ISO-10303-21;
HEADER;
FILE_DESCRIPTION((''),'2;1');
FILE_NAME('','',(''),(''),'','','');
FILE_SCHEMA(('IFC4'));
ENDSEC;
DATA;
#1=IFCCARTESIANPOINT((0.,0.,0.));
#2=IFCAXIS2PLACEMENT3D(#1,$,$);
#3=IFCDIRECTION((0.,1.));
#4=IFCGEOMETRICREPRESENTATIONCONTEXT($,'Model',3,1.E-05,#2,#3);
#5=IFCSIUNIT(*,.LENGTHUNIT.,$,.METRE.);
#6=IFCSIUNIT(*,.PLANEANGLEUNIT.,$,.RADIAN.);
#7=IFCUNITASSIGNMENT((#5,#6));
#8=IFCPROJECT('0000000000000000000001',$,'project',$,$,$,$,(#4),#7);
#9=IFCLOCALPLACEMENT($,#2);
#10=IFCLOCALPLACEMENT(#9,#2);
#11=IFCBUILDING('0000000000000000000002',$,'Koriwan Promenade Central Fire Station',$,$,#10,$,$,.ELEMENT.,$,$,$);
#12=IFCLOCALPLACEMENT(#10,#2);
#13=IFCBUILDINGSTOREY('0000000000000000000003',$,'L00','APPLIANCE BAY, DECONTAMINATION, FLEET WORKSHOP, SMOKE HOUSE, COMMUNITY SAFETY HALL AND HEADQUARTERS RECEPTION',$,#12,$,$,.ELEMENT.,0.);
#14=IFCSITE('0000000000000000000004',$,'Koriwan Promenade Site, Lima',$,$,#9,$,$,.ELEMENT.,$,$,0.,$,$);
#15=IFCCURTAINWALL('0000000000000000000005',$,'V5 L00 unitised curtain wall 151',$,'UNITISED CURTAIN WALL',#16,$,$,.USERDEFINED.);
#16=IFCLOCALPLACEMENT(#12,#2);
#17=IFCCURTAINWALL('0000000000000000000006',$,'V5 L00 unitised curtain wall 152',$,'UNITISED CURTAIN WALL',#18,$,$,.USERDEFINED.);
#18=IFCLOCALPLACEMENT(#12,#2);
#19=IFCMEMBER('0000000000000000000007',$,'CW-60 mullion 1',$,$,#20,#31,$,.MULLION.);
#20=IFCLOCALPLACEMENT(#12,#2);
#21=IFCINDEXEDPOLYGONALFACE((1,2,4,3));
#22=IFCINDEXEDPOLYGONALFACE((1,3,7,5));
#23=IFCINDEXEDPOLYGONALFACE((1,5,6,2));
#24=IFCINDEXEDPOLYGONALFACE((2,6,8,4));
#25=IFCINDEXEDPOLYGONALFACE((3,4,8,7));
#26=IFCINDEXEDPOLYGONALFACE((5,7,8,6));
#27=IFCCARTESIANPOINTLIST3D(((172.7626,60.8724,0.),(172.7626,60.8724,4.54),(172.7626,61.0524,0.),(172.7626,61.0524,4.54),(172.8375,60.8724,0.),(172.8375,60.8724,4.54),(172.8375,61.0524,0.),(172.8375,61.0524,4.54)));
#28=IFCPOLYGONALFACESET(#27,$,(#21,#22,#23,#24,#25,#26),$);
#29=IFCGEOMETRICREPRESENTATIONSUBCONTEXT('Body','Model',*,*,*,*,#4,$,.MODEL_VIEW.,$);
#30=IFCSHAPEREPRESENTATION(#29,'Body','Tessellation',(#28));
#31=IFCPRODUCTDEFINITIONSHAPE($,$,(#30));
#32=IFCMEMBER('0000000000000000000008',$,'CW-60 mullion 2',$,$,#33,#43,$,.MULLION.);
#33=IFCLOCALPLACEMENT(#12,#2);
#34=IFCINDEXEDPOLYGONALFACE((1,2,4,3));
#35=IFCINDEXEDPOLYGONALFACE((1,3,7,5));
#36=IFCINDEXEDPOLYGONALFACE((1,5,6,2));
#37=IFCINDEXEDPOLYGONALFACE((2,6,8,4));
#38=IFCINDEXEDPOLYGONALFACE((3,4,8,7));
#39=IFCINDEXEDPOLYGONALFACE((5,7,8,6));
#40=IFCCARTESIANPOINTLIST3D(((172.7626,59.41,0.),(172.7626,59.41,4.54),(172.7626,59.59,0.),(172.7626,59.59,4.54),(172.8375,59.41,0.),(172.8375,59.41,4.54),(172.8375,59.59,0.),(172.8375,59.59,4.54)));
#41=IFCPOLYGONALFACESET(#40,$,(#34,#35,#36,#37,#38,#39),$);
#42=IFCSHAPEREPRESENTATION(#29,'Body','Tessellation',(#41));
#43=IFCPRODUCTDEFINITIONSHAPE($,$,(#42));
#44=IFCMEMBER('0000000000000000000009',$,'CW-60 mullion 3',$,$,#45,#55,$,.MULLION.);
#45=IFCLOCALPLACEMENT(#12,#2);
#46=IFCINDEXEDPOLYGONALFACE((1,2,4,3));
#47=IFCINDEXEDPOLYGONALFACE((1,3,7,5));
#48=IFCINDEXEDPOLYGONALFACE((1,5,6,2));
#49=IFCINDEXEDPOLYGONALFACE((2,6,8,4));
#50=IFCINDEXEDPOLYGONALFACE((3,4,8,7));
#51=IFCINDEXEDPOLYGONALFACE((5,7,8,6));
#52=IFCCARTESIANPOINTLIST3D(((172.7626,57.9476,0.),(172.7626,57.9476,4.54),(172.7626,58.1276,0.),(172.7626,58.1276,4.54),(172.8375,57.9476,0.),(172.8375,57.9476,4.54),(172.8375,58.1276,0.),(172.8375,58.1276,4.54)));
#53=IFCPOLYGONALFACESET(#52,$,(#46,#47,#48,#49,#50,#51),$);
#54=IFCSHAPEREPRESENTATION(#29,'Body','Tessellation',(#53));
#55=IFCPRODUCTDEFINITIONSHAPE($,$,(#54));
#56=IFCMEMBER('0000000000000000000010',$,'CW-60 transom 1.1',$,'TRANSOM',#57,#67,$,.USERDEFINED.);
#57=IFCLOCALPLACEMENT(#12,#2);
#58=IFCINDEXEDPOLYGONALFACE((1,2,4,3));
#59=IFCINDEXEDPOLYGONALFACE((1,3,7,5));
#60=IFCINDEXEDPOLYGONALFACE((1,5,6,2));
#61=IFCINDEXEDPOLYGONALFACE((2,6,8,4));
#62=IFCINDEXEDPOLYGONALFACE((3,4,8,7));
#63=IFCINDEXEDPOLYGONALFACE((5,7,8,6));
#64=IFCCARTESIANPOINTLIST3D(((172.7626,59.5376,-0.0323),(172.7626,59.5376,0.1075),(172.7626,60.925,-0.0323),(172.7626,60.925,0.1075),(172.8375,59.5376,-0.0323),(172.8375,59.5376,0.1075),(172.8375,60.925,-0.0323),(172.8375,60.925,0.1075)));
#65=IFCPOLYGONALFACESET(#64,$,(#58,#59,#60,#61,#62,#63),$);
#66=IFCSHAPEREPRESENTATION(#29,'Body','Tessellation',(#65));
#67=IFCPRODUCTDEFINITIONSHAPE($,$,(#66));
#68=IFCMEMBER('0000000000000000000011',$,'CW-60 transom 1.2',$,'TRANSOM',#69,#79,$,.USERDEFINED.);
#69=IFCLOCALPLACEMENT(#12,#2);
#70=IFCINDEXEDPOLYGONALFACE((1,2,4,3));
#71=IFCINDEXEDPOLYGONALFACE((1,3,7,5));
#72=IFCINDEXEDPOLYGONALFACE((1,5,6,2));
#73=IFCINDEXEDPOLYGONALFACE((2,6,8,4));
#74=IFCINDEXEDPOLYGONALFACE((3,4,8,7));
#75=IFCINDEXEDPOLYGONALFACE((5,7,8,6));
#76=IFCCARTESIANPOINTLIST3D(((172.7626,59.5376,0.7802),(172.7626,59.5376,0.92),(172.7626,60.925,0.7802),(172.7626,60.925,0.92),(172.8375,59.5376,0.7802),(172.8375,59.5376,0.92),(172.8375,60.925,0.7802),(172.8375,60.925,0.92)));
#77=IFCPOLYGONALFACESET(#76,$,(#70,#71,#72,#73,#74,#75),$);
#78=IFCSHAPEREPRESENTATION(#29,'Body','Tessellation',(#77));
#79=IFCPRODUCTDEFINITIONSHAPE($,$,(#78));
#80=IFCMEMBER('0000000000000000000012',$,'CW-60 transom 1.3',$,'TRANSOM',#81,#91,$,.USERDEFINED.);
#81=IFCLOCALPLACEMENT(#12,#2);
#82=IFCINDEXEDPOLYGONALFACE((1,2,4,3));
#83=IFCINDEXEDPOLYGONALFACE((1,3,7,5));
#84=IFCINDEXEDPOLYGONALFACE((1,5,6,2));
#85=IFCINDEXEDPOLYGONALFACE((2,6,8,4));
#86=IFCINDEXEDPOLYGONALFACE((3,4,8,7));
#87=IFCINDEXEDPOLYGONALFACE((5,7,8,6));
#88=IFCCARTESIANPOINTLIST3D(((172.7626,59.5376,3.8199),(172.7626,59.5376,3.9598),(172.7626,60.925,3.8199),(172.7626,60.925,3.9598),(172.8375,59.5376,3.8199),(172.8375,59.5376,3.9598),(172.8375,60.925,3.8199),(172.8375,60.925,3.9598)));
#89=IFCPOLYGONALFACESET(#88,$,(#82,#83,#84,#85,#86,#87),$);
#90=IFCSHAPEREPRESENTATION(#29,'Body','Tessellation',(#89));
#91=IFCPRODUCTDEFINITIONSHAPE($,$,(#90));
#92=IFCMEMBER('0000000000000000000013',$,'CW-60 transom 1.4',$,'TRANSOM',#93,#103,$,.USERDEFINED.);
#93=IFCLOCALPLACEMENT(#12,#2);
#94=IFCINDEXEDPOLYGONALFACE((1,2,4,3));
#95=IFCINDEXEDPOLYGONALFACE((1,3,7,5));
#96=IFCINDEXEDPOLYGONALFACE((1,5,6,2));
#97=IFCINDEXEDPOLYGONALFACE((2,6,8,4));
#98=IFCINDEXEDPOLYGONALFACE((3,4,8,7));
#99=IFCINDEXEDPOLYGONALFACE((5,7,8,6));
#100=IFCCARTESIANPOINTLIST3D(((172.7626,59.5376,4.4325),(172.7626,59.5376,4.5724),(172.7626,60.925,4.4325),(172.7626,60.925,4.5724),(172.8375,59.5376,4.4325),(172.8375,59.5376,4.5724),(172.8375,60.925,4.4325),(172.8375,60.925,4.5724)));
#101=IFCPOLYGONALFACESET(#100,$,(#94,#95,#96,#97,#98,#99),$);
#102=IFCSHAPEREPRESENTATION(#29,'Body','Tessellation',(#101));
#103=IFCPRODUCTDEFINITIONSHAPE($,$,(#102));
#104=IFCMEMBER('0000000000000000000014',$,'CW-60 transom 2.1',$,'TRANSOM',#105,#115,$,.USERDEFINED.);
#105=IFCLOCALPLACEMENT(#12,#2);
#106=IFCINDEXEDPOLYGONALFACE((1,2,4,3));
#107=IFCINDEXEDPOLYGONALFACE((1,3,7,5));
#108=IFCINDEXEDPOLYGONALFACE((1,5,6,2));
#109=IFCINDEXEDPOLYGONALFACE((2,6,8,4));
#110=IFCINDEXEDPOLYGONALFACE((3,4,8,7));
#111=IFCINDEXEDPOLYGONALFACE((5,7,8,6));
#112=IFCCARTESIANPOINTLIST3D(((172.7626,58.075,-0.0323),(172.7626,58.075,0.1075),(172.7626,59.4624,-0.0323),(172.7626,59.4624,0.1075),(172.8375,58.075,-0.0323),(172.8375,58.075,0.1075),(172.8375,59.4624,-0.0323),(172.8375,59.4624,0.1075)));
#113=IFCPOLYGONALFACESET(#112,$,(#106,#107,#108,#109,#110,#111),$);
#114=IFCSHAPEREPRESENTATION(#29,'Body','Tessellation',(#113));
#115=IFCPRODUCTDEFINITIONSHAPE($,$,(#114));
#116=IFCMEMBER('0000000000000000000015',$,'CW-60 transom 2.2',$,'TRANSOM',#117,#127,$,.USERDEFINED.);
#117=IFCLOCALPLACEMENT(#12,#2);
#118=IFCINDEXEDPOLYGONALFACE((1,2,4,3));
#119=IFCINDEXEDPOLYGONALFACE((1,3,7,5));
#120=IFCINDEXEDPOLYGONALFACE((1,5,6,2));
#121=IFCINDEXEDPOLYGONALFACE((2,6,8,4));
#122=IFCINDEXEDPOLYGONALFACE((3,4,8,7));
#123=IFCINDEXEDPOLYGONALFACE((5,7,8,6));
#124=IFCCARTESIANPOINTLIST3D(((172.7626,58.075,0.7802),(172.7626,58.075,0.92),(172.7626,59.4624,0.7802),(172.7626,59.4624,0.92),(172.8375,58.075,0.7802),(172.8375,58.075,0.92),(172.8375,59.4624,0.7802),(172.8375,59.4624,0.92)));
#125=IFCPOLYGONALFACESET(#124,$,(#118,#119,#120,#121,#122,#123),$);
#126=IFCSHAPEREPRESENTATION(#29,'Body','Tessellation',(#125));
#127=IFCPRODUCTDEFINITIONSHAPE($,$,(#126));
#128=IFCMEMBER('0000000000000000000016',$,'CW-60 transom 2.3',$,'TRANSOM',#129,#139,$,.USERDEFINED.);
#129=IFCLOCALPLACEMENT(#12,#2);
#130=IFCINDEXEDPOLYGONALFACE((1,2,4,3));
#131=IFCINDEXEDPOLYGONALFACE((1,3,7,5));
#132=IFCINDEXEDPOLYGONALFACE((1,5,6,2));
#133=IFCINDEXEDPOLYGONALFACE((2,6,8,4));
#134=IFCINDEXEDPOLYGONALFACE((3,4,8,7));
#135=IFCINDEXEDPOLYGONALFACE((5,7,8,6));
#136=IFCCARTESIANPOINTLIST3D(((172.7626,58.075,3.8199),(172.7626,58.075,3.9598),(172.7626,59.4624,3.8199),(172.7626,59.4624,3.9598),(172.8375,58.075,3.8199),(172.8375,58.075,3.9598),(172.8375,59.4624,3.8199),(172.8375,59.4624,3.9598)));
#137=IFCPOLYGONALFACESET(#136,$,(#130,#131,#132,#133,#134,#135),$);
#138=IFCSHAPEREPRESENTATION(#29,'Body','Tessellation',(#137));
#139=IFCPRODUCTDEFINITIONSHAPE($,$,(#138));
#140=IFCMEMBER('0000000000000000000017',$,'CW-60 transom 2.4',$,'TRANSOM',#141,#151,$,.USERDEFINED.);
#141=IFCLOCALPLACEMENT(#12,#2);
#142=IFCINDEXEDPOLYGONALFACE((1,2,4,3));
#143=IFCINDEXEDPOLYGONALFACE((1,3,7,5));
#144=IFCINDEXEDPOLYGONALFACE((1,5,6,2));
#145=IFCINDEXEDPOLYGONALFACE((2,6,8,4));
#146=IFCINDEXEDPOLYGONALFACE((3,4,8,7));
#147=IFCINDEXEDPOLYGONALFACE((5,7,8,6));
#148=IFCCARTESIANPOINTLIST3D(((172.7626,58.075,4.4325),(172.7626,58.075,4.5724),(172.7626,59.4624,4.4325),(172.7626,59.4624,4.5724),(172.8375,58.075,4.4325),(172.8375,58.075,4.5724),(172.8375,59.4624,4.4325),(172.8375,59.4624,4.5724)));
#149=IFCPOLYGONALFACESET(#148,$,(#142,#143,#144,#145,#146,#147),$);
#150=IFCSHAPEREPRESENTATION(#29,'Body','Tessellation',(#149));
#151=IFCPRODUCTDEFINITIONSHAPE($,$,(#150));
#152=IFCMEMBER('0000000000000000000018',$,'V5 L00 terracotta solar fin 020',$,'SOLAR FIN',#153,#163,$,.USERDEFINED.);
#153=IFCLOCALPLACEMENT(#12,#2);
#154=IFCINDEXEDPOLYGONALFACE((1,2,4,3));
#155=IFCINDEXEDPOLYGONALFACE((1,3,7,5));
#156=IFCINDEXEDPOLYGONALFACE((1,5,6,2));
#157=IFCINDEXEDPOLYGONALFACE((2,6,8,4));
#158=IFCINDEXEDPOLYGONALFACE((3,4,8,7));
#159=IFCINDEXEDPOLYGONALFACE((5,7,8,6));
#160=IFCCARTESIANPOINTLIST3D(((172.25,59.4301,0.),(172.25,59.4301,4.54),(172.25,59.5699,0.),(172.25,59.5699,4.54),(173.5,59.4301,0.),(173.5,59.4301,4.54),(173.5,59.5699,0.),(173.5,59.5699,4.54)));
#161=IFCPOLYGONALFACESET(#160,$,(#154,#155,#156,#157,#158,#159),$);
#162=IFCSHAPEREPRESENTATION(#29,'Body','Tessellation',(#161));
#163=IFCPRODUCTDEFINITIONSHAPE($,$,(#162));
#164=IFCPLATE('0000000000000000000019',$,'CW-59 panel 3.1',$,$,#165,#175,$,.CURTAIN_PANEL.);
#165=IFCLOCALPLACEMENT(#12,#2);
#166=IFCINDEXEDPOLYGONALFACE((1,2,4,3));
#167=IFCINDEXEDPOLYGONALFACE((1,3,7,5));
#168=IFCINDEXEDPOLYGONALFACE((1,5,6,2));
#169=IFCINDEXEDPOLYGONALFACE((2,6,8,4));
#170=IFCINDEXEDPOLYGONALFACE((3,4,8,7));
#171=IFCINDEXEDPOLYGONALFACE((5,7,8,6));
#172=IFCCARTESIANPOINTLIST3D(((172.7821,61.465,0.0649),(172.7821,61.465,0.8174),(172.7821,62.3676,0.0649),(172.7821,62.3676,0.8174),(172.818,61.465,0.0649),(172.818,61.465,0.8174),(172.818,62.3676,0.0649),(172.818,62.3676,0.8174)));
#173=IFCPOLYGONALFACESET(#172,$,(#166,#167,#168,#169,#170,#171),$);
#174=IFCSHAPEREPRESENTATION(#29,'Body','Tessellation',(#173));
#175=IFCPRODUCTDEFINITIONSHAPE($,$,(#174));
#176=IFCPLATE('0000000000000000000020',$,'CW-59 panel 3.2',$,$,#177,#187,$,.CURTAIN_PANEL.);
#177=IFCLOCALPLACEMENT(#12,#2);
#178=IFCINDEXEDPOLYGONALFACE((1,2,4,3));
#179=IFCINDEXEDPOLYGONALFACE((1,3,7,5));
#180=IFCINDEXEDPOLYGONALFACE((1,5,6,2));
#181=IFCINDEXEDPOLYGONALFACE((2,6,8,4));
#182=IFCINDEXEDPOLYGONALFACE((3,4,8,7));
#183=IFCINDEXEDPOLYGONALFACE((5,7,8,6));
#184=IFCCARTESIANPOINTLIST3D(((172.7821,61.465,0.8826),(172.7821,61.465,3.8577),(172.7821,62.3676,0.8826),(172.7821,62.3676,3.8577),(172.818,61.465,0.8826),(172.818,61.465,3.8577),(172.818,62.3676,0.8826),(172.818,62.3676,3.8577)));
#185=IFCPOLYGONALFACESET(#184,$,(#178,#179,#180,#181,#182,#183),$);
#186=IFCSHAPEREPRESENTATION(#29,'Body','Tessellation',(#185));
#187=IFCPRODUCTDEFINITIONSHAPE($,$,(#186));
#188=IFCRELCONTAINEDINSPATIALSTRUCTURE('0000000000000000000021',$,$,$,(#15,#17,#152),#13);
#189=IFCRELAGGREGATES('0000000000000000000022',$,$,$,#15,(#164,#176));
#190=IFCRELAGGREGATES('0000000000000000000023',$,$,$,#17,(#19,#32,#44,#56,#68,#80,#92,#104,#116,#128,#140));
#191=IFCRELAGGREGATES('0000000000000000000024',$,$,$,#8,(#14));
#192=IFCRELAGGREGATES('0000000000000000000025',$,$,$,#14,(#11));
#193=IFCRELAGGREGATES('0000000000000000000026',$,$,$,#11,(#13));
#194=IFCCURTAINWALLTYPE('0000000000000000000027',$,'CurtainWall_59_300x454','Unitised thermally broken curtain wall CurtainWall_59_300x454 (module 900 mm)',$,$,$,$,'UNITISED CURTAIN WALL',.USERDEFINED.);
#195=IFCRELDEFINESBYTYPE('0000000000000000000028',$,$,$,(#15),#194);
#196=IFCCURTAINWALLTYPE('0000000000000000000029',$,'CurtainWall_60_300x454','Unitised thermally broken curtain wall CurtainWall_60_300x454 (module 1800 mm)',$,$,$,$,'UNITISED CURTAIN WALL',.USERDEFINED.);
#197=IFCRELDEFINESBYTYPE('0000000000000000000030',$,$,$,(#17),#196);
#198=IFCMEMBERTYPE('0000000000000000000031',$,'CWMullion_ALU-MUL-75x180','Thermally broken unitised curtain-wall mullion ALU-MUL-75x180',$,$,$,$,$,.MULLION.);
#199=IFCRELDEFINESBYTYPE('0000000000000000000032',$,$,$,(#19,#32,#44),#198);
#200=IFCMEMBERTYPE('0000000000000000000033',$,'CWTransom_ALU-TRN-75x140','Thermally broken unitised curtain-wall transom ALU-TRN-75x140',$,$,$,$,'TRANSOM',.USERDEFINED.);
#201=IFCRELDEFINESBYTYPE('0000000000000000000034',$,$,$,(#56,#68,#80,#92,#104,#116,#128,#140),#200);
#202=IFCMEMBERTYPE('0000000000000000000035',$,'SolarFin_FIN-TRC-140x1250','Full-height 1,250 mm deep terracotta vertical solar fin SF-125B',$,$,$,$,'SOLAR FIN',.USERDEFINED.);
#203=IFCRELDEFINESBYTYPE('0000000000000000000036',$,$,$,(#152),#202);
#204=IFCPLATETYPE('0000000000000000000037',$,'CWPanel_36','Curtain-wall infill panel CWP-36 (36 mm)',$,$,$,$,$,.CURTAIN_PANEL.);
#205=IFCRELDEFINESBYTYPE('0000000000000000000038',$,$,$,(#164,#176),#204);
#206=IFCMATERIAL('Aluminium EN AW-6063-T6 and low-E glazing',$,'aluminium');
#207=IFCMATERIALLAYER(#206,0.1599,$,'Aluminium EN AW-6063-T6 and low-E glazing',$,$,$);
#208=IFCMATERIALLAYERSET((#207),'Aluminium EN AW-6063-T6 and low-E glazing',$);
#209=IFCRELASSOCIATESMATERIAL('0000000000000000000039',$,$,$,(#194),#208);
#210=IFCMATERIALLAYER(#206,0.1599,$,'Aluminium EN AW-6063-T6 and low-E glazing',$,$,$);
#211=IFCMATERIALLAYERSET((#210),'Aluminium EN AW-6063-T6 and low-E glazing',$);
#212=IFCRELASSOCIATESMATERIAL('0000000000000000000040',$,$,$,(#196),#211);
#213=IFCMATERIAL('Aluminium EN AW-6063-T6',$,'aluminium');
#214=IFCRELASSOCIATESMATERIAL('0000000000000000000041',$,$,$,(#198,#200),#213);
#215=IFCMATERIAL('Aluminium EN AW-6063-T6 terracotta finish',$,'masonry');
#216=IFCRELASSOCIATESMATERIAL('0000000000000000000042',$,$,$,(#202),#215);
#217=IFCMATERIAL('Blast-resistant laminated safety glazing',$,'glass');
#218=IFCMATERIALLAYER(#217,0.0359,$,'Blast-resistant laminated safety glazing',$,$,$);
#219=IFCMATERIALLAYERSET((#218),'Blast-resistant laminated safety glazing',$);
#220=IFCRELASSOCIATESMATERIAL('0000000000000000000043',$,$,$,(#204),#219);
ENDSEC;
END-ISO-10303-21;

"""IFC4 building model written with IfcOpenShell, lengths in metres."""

from ifc_helpers import new_model, si_unit, direction, frame, origin, origin_2d, place, context, subcontext, project, spatial, rectangle, extrude, material, layer, layer_set, material_profile, profile_set, type_object, element, aggregate, save


model = new_model("IFC4")

# Units and contexts
model_context = context("Model", 3, precision=1e-05, world=origin(), true_north=direction((0.0, 1.0)))
body_context = subcontext(model_context, "Body", "Model", "MODEL_VIEW")
ifc_project = project(units=[si_unit("LENGTHUNIT", "METRE"), si_unit("PLANEANGLEUNIT", "RADIAN")], contexts=[model_context])

# Site, building, storey
site_placement = place(None, origin())
site = spatial("IfcSite", under=ifc_project, at=site_placement, Name="Koriwan Promenade Site, Lima", CompositionType="ELEMENT", RefElevation=0.0)
building_placement = place(site_placement, origin())
building = spatial("IfcBuilding", under=site, at=building_placement, Name="Koriwan Promenade Central Fire Station", CompositionType="ELEMENT")
storey_placement = place(building_placement, origin())
storey = spatial("IfcBuildingStorey", under=building, at=storey_placement, Name="L00", Description="APPLIANCE BAY, DECONTAMINATION, FLEET WORKSHOP, SMOKE HOUSE, COMMUNITY SAFETY HALL AND HEADQUARTERS RECEPTION", CompositionType="ELEMENT", Elevation=0.0)

# Curtain wall
ifc_material_1 = material(Name="Aluminium EN AW-6063-T6 and low-E glazing", Category="aluminium")
ifc_layer_1 = layer(ifc_material_1, 0.1599, Name="Aluminium EN AW-6063-T6 and low-E glazing")
ifc_layer_set_1 = layer_set([ifc_layer_1], Name="Aluminium EN AW-6063-T6 and low-E glazing")
curtain_wall_type_1 = type_object("IfcCurtainWallType", Name="CurtainWall_59_300x454", Description="Unitised thermally broken curtain wall CurtainWall_59_300x454 (module 900 mm)", ElementType="UNITISED CURTAIN WALL", PredefinedType="USERDEFINED", material=ifc_layer_set_1)
curtain_wall_1_placement = place(storey_placement, origin())
curtain_wall_1 = element("IfcCurtainWall", 1, at=curtain_wall_1_placement, inside=storey, type_object=curtain_wall_type_1, Name="V5 L00 unitised curtain wall 151", ObjectType="UNITISED CURTAIN WALL", PredefinedType="USERDEFINED")
ifc_material_2 = material(Name="Aluminium EN AW-6063-T6", Category="aluminium")

# Curtain wall, members
ifc_layer_2 = layer(ifc_material_1, 0.1599, Name="Aluminium EN AW-6063-T6 and low-E glazing")
ifc_layer_set_2 = layer_set([ifc_layer_2], Name="Aluminium EN AW-6063-T6 and low-E glazing")
curtain_wall_type_2 = type_object("IfcCurtainWallType", Name="CurtainWall_60_300x454", Description="Unitised thermally broken curtain wall CurtainWall_60_300x454 (module 1800 mm)", ElementType="UNITISED CURTAIN WALL", PredefinedType="USERDEFINED", material=ifc_layer_set_2)
curtain_wall_2_placement = place(storey_placement, origin())
curtain_wall_2 = element("IfcCurtainWall", 2, at=curtain_wall_2_placement, inside=storey, type_object=curtain_wall_type_2, Name="V5 L00 unitised curtain wall 152", ObjectType="UNITISED CURTAIN WALL", PredefinedType="USERDEFINED")
ifc_material_profile_1 = material_profile(ifc_material_2, rectangle(XDim=0.075, YDim=0.1799, at=origin_2d()), Name="ALU-MUL-75x180")
ifc_profile_set_1 = profile_set([ifc_material_profile_1], Name="Aluminium EN AW-6063-T6")
member_type_1 = type_object("IfcMemberType", Name="CWMullion_ALU-MUL-75x180", Description="Thermally broken unitised curtain-wall mullion ALU-MUL-75x180", PredefinedType="MULLION", material=ifc_profile_set_1)
member_1_placement = place(storey_placement, frame((172.8, 60.9624, 0.0), z_axis=(0.0, 0.0, 1.0), x_axis=(1.0, 0.0, 0.0)))
member_1 = element("IfcMember", 3, at=member_1_placement, type_object=member_type_1, Name="CW-60 mullion 1", PredefinedType="MULLION", context=body_context, shape_type="SweptSolid", body=[
    extrude(rectangle(XDim=0.075, YDim=0.1799, at=origin_2d()), origin(), (0.0, 0.0, 1.0), 4.54),
])
member_2_placement = place(storey_placement, frame((172.8, 59.5, 0.0), z_axis=(0.0, 0.0, 1.0), x_axis=(1.0, 0.0, 0.0)))
member_2 = element("IfcMember", 4, at=member_2_placement, type_object=member_type_1, Name="CW-60 mullion 2", PredefinedType="MULLION", context=body_context, shape_type="SweptSolid", body=[
    extrude(rectangle(XDim=0.075, YDim=0.1799, at=origin_2d()), origin(), (0.0, 0.0, 1.0), 4.54),
])
member_3_placement = place(storey_placement, frame((172.8, 58.0376, 0.0), z_axis=(0.0, 0.0, 1.0), x_axis=(1.0, 0.0, 0.0)))
member_3 = element("IfcMember", 5, at=member_3_placement, type_object=member_type_1, Name="CW-60 mullion 3", PredefinedType="MULLION", context=body_context, shape_type="SweptSolid", body=[
    extrude(rectangle(XDim=0.075, YDim=0.1799, at=origin_2d()), origin(), (0.0, 0.0, 1.0), 4.54),
])
ifc_material_profile_2 = material_profile(ifc_material_2, rectangle(XDim=0.075, YDim=0.1399, at=origin_2d()), Name="ALU-TRN-75x140")
ifc_profile_set_2 = profile_set([ifc_material_profile_2], Name="Aluminium EN AW-6063-T6")
member_type_2 = type_object("IfcMemberType", Name="CWTransom_ALU-TRN-75x140", Description="Thermally broken unitised curtain-wall transom ALU-TRN-75x140", ElementType="TRANSOM", PredefinedType="USERDEFINED", material=ifc_profile_set_2)
member_4_placement = place(storey_placement, frame((172.8, 60.925, 0.0376), z_axis=(0.0, -1.0, 0.0), x_axis=(1.0, 0.0, 0.0)))
member_4 = element("IfcMember", 6, at=member_4_placement, type_object=member_type_2, Name="CW-60 transom 1.1", ObjectType="TRANSOM", PredefinedType="USERDEFINED", context=body_context, shape_type="SweptSolid", body=[
    extrude(rectangle(XDim=0.075, YDim=0.1399, at=origin_2d()), origin(), (0.0, 0.0, 1.0), 1.3875),
])
member_5_placement = place(storey_placement, frame((172.8, 60.925, 0.8501), z_axis=(0.0, -1.0, 0.0), x_axis=(1.0, 0.0, 0.0)))
member_5 = element("IfcMember", 7, at=member_5_placement, type_object=member_type_2, Name="CW-60 transom 1.2", ObjectType="TRANSOM", PredefinedType="USERDEFINED", context=body_context, shape_type="SweptSolid", body=[
    extrude(rectangle(XDim=0.075, YDim=0.1399, at=origin_2d()), origin(), (0.0, 0.0, 1.0), 1.3875),
])
member_6_placement = place(storey_placement, frame((172.8, 60.925, 3.8899), z_axis=(0.0, -1.0, 0.0), x_axis=(1.0, 0.0, 0.0)))
member_6 = element("IfcMember", 8, at=member_6_placement, type_object=member_type_2, Name="CW-60 transom 1.3", ObjectType="TRANSOM", PredefinedType="USERDEFINED", context=body_context, shape_type="SweptSolid", body=[
    extrude(rectangle(XDim=0.075, YDim=0.1399, at=origin_2d()), origin(), (0.0, 0.0, 1.0), 1.3875),
])
member_7_placement = place(storey_placement, frame((172.8, 60.925, 4.5024), z_axis=(0.0, -1.0, 0.0), x_axis=(1.0, 0.0, 0.0)))
member_7 = element("IfcMember", 9, at=member_7_placement, type_object=member_type_2, Name="CW-60 transom 1.4", ObjectType="TRANSOM", PredefinedType="USERDEFINED", context=body_context, shape_type="SweptSolid", body=[
    extrude(rectangle(XDim=0.075, YDim=0.1399, at=origin_2d()), origin(), (0.0, 0.0, 1.0), 1.3875),
])
member_8_placement = place(storey_placement, frame((172.8, 59.4624, 0.0376), z_axis=(0.0, -1.0, 0.0), x_axis=(1.0, 0.0, 0.0)))
member_8 = element("IfcMember", 10, at=member_8_placement, type_object=member_type_2, Name="CW-60 transom 2.1", ObjectType="TRANSOM", PredefinedType="USERDEFINED", context=body_context, shape_type="SweptSolid", body=[
    extrude(rectangle(XDim=0.075, YDim=0.1399, at=origin_2d()), origin(), (0.0, 0.0, 1.0), 1.3875),
])
member_9_placement = place(storey_placement, frame((172.8, 59.4624, 0.8501), z_axis=(0.0, -1.0, 0.0), x_axis=(1.0, 0.0, 0.0)))
member_9 = element("IfcMember", 11, at=member_9_placement, type_object=member_type_2, Name="CW-60 transom 2.2", ObjectType="TRANSOM", PredefinedType="USERDEFINED", context=body_context, shape_type="SweptSolid", body=[
    extrude(rectangle(XDim=0.075, YDim=0.1399, at=origin_2d()), origin(), (0.0, 0.0, 1.0), 1.3875),
])
member_10_placement = place(storey_placement, frame((172.8, 59.4624, 3.8899), z_axis=(0.0, -1.0, 0.0), x_axis=(1.0, 0.0, 0.0)))
member_10 = element("IfcMember", 12, at=member_10_placement, type_object=member_type_2, Name="CW-60 transom 2.3", ObjectType="TRANSOM", PredefinedType="USERDEFINED", context=body_context, shape_type="SweptSolid", body=[
    extrude(rectangle(XDim=0.075, YDim=0.1399, at=origin_2d()), origin(), (0.0, 0.0, 1.0), 1.3875),
])
member_11_placement = place(storey_placement, frame((172.8, 59.4624, 4.5024), z_axis=(0.0, -1.0, 0.0), x_axis=(1.0, 0.0, 0.0)))
member_11 = element("IfcMember", 13, at=member_11_placement, type_object=member_type_2, Name="CW-60 transom 2.4", ObjectType="TRANSOM", PredefinedType="USERDEFINED", context=body_context, shape_type="SweptSolid", body=[
    extrude(rectangle(XDim=0.075, YDim=0.1399, at=origin_2d()), origin(), (0.0, 0.0, 1.0), 1.3875),
])

# Member
ifc_material_3 = material(Name="Aluminium EN AW-6063-T6 terracotta finish", Category="masonry")
ifc_material_profile_3 = material_profile(ifc_material_3, rectangle(XDim=0.1399, YDim=1.25, at=origin_2d()), Name="FIN-TRC-140x1250")
ifc_profile_set_3 = profile_set([ifc_material_profile_3], Name="Aluminium EN AW-6063-T6 terracotta finish")
member_type_3 = type_object("IfcMemberType", Name="SolarFin_FIN-TRC-140x1250", Description="Full-height 1,250 mm deep terracotta vertical solar fin SF-125B", ElementType="SOLAR FIN", PredefinedType="USERDEFINED", material=ifc_profile_set_3)
member_12_placement = place(storey_placement, frame((172.875, 59.5, 0.0), z_axis=(0.0, 0.0, 1.0), x_axis=(0.0, -1.0, 0.0)))
element("IfcMember", 14, at=member_12_placement, inside=storey, type_object=member_type_3, Name="V5 L00 terracotta solar fin 020", ObjectType="SOLAR FIN", PredefinedType="USERDEFINED", context=body_context, shape_type="SweptSolid", body=[
    extrude(rectangle(XDim=0.1399, YDim=1.25, at=origin_2d()), origin(), (0.0, 0.0, 1.0), 4.54),
])

# Plates
ifc_material_4 = material(Name="Blast-resistant laminated safety glazing", Category="glass")
ifc_layer_3 = layer(ifc_material_4, 0.0359, Name="Blast-resistant laminated safety glazing")
ifc_layer_set_3 = layer_set([ifc_layer_3], Name="Blast-resistant laminated safety glazing")
plate_type = type_object("IfcPlateType", Name="CWPanel_36", Description="Curtain-wall infill panel CWP-36 (36 mm)", PredefinedType="CURTAIN_PANEL", material=ifc_layer_set_3)
plate_1_placement = place(storey_placement, frame((172.8, 61.9163, 0.0649), z_axis=(0.0, 0.0, 1.0), x_axis=(0.0, -1.0, 0.0)))
plate_1 = element("IfcPlate", 15, at=plate_1_placement, type_object=plate_type, Name="CW-59 panel 3.1", PredefinedType="CURTAIN_PANEL", context=body_context, shape_type="SweptSolid", body=[
    extrude(rectangle(XDim=0.9026, YDim=0.0359, at=origin_2d()), origin(), (0.0, 0.0, 1.0), 0.7524),
])
plate_2_placement = place(storey_placement, frame((172.8, 61.9163, 0.8826), z_axis=(0.0, 0.0, 1.0), x_axis=(0.0, -1.0, 0.0)))
plate_2 = element("IfcPlate", 16, at=plate_2_placement, type_object=plate_type, Name="CW-59 panel 3.2", PredefinedType="CURTAIN_PANEL", context=body_context, shape_type="SweptSolid", body=[
    extrude(rectangle(XDim=0.9026, YDim=0.0359, at=origin_2d()), origin(), (0.0, 0.0, 1.0), 2.9751),
])
aggregate(curtain_wall_1, [plate_1, plate_2])
aggregate(curtain_wall_2, [member_1, member_2, member_3, member_4, member_5, member_6, member_7, member_8, member_9, member_10, member_11])

save(model, "model.ifc")
